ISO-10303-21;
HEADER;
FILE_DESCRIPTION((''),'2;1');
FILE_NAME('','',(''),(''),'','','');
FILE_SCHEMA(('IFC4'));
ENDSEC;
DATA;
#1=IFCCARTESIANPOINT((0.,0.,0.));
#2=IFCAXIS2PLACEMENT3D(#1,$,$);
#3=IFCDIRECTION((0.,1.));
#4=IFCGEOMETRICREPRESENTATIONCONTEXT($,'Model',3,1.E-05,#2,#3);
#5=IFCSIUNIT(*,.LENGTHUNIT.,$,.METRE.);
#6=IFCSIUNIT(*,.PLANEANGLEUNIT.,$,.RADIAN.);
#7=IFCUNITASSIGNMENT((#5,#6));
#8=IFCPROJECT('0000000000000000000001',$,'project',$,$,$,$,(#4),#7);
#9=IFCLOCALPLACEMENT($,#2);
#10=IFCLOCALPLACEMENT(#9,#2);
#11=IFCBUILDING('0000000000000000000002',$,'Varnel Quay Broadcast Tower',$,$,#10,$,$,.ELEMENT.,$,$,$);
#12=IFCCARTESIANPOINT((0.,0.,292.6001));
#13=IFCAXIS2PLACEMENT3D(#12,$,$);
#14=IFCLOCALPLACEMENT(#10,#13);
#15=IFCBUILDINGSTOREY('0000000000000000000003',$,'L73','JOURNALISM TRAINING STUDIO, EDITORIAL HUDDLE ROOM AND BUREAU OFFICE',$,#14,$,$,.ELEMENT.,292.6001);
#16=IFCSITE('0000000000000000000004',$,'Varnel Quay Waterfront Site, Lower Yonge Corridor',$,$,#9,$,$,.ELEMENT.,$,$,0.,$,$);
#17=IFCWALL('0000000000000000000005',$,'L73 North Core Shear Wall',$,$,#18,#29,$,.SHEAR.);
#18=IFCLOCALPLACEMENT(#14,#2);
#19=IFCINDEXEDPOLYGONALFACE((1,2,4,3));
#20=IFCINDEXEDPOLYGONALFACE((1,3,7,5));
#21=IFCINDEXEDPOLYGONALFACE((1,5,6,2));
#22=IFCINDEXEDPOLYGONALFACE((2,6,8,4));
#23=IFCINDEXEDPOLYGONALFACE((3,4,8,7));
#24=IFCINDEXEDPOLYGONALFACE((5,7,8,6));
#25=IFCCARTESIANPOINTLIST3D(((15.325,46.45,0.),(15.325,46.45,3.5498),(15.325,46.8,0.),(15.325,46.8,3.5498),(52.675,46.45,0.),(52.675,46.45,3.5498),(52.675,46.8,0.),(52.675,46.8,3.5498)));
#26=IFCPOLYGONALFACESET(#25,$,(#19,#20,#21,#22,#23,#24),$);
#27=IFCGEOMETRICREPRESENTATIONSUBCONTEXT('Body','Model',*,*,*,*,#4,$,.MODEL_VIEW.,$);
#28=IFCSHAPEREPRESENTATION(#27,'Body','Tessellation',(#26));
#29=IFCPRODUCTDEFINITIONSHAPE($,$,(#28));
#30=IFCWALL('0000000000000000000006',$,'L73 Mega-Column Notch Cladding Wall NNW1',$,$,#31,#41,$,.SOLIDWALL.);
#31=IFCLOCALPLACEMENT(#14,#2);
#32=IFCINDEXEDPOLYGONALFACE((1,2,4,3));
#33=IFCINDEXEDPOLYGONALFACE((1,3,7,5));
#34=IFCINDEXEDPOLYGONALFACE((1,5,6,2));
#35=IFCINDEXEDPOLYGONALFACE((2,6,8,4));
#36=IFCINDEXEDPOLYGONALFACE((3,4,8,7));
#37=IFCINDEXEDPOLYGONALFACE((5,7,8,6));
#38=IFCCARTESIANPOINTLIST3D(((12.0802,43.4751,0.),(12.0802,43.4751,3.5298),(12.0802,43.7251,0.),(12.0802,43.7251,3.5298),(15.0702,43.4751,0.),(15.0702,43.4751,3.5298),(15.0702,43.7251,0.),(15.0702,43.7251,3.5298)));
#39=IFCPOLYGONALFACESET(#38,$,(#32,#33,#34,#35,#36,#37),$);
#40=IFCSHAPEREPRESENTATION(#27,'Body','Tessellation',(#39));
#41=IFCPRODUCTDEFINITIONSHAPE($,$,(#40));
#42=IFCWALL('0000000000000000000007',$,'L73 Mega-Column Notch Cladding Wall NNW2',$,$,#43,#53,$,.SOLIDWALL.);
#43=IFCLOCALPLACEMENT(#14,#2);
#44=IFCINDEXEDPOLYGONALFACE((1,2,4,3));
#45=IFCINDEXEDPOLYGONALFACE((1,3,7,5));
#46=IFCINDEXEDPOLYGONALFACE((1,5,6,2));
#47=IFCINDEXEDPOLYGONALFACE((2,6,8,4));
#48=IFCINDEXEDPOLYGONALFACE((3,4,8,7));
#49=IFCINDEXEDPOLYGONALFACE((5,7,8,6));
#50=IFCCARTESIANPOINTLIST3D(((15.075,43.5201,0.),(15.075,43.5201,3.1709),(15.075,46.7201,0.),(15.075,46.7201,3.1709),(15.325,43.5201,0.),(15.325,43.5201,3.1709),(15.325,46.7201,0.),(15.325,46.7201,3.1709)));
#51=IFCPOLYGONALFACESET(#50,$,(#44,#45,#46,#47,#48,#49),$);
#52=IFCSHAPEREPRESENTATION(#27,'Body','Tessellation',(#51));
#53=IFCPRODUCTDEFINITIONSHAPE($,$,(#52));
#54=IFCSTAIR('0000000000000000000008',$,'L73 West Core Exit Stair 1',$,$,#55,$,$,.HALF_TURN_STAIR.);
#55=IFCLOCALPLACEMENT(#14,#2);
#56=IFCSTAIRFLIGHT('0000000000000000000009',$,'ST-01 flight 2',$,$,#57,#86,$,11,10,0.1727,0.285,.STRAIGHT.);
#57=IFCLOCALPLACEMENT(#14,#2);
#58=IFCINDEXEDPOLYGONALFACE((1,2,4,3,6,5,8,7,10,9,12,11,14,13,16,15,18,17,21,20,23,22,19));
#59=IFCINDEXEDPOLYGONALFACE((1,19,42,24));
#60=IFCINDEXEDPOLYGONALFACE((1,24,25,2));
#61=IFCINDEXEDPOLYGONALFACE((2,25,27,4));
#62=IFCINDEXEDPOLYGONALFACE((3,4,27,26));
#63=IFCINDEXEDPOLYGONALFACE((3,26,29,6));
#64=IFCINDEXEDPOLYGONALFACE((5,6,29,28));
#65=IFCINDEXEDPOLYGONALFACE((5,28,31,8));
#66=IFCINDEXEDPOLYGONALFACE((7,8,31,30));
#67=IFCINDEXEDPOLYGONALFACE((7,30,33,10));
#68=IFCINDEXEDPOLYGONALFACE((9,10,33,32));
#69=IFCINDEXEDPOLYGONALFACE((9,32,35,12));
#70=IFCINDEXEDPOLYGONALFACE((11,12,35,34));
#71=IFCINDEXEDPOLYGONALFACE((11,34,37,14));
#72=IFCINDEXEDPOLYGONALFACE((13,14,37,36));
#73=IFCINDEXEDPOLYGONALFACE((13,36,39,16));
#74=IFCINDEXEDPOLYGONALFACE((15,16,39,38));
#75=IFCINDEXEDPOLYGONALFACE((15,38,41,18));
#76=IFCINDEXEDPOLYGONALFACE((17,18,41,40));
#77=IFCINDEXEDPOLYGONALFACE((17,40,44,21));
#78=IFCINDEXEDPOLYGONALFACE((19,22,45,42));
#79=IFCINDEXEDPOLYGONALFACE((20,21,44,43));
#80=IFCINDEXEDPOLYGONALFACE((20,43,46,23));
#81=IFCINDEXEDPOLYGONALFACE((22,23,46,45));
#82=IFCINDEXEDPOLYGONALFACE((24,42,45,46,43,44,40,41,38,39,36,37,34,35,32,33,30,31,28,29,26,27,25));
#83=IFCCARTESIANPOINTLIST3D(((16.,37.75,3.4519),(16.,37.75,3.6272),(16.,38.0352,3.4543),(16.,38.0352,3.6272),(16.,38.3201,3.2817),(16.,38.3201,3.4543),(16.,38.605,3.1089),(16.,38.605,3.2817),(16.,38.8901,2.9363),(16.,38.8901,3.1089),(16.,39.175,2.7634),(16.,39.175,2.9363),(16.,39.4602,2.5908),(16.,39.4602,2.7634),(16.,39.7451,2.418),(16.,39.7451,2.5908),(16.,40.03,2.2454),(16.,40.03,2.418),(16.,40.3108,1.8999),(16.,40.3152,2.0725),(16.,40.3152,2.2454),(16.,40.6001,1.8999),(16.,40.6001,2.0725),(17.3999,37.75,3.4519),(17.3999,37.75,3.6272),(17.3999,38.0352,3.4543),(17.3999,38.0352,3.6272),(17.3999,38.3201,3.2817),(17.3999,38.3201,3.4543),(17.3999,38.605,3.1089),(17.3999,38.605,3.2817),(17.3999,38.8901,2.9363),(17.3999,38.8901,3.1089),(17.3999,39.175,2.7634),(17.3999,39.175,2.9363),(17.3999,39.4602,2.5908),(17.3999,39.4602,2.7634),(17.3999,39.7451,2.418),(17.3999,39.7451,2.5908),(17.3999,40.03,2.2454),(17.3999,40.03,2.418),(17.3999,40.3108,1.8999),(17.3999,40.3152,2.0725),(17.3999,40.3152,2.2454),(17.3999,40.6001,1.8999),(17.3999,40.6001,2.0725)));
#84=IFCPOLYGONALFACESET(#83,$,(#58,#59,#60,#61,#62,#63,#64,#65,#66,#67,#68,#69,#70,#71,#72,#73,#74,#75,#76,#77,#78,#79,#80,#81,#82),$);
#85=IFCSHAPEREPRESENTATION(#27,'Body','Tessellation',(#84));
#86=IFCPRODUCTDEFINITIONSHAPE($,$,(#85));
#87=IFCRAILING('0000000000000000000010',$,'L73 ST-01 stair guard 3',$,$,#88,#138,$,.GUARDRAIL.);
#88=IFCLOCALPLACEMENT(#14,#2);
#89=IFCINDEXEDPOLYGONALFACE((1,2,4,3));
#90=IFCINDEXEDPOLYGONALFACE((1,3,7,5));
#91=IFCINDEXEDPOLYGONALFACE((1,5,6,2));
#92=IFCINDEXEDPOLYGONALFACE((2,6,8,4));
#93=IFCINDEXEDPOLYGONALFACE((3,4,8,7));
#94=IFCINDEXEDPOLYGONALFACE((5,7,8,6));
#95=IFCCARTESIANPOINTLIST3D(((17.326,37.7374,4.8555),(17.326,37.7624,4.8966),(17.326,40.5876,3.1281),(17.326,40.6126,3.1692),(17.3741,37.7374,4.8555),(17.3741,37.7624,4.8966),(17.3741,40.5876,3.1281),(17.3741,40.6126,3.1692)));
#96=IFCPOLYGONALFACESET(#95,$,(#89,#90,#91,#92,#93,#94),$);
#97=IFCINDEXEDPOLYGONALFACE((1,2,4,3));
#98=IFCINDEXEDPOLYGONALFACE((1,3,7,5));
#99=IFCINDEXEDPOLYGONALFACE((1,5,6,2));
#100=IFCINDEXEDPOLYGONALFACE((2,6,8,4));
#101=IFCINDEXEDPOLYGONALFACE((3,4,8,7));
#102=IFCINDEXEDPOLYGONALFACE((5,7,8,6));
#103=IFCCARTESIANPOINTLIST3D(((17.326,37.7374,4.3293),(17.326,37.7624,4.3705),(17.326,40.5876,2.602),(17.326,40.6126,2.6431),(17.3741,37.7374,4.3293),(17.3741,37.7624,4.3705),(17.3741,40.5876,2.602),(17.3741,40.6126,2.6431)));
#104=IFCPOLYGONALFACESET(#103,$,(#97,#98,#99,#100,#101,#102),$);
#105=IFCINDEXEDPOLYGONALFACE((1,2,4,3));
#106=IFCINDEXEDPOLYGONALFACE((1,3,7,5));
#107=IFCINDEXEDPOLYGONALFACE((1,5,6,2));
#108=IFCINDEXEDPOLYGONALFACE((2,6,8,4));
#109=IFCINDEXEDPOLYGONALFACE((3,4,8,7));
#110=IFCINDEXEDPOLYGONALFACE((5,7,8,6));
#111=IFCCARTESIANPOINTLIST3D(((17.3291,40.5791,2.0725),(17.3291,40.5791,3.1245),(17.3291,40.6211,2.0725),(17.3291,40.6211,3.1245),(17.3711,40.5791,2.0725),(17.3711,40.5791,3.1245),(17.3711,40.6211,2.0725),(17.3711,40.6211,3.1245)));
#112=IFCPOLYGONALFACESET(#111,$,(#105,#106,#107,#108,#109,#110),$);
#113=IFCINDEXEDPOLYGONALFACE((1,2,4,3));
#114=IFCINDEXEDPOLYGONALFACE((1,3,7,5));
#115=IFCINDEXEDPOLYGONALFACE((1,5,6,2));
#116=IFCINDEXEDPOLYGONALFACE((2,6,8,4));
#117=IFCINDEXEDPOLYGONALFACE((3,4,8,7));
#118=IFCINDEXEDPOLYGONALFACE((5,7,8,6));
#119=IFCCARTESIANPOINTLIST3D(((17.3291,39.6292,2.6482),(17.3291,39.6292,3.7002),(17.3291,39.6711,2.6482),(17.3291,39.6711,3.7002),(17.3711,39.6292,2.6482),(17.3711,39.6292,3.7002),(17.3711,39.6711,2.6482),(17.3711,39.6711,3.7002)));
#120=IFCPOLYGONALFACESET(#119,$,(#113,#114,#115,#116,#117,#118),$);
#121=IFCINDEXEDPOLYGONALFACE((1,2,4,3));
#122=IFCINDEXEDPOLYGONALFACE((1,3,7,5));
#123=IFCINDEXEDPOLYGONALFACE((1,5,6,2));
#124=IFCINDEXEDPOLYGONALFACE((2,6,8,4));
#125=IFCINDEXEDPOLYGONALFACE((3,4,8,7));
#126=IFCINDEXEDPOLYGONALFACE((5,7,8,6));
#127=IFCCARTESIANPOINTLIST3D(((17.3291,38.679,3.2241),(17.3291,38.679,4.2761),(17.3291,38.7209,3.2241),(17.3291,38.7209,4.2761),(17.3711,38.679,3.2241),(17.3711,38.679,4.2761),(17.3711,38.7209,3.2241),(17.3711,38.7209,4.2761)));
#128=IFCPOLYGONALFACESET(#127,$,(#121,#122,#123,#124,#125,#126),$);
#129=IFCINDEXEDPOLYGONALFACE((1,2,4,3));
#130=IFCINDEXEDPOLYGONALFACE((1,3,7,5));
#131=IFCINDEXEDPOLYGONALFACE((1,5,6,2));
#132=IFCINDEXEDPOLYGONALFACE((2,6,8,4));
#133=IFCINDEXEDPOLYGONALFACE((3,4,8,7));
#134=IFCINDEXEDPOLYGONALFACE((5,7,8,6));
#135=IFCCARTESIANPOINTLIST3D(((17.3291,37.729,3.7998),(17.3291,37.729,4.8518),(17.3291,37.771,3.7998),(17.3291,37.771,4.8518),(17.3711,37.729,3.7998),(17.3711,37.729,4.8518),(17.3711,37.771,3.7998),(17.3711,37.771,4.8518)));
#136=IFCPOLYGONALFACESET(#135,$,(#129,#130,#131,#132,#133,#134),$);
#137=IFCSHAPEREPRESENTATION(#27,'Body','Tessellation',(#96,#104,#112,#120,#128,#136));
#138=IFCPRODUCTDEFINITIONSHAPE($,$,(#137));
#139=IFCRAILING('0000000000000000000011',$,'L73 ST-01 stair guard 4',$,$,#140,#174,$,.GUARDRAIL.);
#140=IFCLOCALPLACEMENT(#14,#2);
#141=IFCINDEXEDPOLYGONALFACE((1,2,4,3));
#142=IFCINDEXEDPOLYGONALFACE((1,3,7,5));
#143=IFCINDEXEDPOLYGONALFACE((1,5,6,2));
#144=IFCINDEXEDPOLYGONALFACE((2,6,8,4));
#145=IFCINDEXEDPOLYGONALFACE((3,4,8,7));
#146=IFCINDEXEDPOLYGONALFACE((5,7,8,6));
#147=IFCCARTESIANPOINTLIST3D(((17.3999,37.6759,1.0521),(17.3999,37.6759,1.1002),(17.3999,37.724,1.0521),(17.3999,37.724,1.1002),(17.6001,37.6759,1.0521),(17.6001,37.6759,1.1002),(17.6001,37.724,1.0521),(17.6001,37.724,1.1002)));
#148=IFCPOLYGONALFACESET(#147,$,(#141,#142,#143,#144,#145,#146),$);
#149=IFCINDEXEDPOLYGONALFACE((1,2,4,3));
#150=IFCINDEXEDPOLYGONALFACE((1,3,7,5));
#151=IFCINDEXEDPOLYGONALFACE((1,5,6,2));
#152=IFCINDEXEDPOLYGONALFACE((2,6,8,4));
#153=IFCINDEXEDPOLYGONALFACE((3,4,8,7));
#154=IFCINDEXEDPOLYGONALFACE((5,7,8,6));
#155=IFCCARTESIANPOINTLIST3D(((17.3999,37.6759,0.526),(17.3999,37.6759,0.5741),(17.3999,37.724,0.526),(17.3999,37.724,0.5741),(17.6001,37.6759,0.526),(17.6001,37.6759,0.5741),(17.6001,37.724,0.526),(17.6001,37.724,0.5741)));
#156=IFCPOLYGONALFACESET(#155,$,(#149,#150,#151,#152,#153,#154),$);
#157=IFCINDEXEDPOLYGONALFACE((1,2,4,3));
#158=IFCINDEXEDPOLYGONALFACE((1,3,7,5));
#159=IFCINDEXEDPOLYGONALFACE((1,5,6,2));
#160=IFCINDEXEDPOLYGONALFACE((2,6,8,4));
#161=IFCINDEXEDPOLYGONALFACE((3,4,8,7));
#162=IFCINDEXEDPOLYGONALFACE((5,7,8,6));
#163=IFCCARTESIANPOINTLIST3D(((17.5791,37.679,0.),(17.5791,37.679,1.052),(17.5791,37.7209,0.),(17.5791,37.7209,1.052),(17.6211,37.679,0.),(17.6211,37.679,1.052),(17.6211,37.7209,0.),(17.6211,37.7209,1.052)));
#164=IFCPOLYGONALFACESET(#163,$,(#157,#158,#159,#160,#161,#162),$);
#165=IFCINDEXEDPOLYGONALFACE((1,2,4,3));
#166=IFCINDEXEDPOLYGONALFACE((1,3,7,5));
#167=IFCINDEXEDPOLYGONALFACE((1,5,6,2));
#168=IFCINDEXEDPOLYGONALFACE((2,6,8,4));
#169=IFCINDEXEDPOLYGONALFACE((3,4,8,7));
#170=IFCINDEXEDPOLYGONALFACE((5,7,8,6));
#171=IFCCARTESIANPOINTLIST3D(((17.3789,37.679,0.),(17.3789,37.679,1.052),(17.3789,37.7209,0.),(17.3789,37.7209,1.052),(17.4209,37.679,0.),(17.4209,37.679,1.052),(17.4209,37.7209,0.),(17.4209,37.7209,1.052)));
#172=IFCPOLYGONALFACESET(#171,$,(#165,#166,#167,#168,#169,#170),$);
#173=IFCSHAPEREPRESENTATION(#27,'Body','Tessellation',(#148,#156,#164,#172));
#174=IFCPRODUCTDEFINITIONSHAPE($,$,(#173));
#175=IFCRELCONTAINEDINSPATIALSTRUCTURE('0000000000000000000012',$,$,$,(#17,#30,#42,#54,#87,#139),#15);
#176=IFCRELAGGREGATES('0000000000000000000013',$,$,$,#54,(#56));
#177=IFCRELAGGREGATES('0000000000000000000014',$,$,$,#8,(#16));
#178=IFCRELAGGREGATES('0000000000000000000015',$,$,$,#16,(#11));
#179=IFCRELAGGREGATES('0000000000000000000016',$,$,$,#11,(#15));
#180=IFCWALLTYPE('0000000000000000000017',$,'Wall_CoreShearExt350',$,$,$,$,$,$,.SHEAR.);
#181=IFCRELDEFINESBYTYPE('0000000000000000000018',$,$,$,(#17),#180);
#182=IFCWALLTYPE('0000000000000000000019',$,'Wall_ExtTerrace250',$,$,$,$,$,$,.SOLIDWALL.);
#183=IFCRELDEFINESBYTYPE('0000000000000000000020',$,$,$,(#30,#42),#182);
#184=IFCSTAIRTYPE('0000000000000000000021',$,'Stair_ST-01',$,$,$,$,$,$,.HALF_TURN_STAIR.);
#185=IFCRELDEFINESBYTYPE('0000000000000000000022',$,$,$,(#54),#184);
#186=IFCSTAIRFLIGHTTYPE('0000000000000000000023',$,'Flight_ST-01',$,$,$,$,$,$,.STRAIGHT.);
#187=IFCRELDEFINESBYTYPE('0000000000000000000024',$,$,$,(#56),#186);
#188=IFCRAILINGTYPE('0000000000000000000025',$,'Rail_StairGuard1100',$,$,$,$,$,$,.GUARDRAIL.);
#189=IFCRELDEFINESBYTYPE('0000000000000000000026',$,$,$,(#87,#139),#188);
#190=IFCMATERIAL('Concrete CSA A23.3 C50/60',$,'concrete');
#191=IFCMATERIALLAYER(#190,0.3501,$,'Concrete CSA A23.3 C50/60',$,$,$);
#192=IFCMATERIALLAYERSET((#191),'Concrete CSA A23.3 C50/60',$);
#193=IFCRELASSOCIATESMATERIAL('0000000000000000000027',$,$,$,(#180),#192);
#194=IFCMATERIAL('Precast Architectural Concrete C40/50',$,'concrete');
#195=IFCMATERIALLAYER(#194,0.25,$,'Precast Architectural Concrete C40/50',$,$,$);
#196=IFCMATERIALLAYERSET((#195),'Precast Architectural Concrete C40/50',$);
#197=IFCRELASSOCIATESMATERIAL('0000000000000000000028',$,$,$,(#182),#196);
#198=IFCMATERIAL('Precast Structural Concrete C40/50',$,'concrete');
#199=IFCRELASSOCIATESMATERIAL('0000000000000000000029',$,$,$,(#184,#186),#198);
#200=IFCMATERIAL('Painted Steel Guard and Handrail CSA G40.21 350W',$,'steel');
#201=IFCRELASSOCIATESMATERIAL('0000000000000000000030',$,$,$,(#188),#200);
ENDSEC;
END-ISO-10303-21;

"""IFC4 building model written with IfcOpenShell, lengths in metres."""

from ifc_helpers import new_model, si_unit, direction, frame, frame_2d, origin, origin_2d, place, context, subcontext, project, spatial, polyline, rectangle, outline, extrude, material, layer, layer_set, type_object, element, aggregate, save


model = new_model("IFC4")

# Units and contexts
model_context = context("Model", 3, precision=1e-05, world=origin(), true_north=direction((0.0, 1.0)))
body_context = subcontext(model_context, "Body", "Model", "MODEL_VIEW")
ifc_project = project(units=[si_unit("LENGTHUNIT", "METRE"), si_unit("PLANEANGLEUNIT", "RADIAN")], contexts=[model_context])

# Site, building, storey
site_placement = place(None, origin())
site = spatial("IfcSite", under=ifc_project, at=site_placement, Name="Varnel Quay Waterfront Site, Lower Yonge Corridor", CompositionType="ELEMENT", RefElevation=0.0)
building_placement = place(site_placement, origin())
building = spatial("IfcBuilding", under=site, at=building_placement, Name="Varnel Quay Broadcast Tower", CompositionType="ELEMENT")
storey_placement = place(building_placement, frame((0.0, 0.0, 292.6001)))
storey = spatial("IfcBuildingStorey", under=building, at=storey_placement, Name="L73", Description="JOURNALISM TRAINING STUDIO, EDITORIAL HUDDLE ROOM AND BUREAU OFFICE", CompositionType="ELEMENT", Elevation=292.6001)

# Walls
ifc_material_1 = material(Name="Concrete CSA A23.3 C50/60", Category="concrete")
ifc_layer_1 = layer(ifc_material_1, 0.3501, Name="Concrete CSA A23.3 C50/60")
ifc_layer_set_1 = layer_set([ifc_layer_1], Name="Concrete CSA A23.3 C50/60")
wall_type_1 = type_object("IfcWallType", Name="Wall_CoreShearExt350", PredefinedType="SHEAR", material=ifc_layer_set_1)
wall_1_placement = place(storey_placement, frame((15.325, 46.625, 0.0), z_axis=(0.0, 0.0, 1.0), x_axis=(1.0, 0.0, 0.0)))
element("IfcWall", 1, at=wall_1_placement, inside=storey, type_object=wall_type_1, Name="L73 North Core Shear Wall", PredefinedType="SHEAR", context=body_context, shape_type="SweptSolid", body=[
    extrude(rectangle(XDim=37.3501, YDim=0.3501, at=frame_2d((18.675, 0.0))), origin(), (0.0, 0.0, 1.0), 3.5498),
])
ifc_material_2 = material(Name="Precast Architectural Concrete C40/50", Category="concrete")
ifc_layer_2 = layer(ifc_material_2, 0.25, Name="Precast Architectural Concrete C40/50")
ifc_layer_set_2 = layer_set([ifc_layer_2], Name="Precast Architectural Concrete C40/50")
wall_type_2 = type_object("IfcWallType", Name="Wall_ExtTerrace250", PredefinedType="SOLIDWALL", material=ifc_layer_set_2)
wall_2_placement = place(storey_placement, frame((12.0801, 43.6001, 0.0), z_axis=(0.0, 0.0, 1.0), x_axis=(1.0, 0.0, 0.0)))
element("IfcWall", 2, at=wall_2_placement, inside=storey, type_object=wall_type_2, Name="L73 Mega-Column Notch Cladding Wall NNW1", PredefinedType="SOLIDWALL", context=body_context, shape_type="SweptSolid", body=[
    extrude(rectangle(XDim=2.99, YDim=0.25, at=frame_2d((1.4951, 0.0))), origin(), (0.0, 0.0, 1.0), 3.5298),
])
wall_3_placement = place(storey_placement, frame((15.2, 43.52, 0.0), z_axis=(0.0, 0.0, 1.0), x_axis=(0.0, 1.0, 0.0)))
element("IfcWall", 3, at=wall_3_placement, inside=storey, type_object=wall_type_2, Name="L73 Mega-Column Notch Cladding Wall NNW2", PredefinedType="SOLIDWALL", context=body_context, shape_type="SweptSolid", body=[
    extrude(rectangle(XDim=3.2, YDim=0.25, at=frame_2d((1.6001, 0.0))), origin(), (0.0, 0.0, 1.0), 3.1709),
])

# Stair, stair flight
ifc_material_3 = material(Name="Precast Structural Concrete C40/50", Category="concrete")
stair_type = type_object("IfcStairType", Name="Stair_ST-01", PredefinedType="HALF_TURN_STAIR", material=ifc_material_3)
stair_placement = place(storey_placement, origin())
stair = element("IfcStair", 4, at=stair_placement, inside=storey, type_object=stair_type, Name="L73 West Core Exit Stair 1", PredefinedType="HALF_TURN_STAIR")
stair_flight_type = type_object("IfcStairFlightType", Name="Flight_ST-01", PredefinedType="STRAIGHT", material=ifc_material_3)
stair_flight_placement = place(storey_placement, frame((16.7, 40.6001, 1.8999), z_axis=(0.0, 0.0, 1.0), x_axis=(0.0, -1.0, 0.0)))
stair_flight = element("IfcStairFlight", 5, at=stair_flight_placement, type_object=stair_flight_type, Name="ST-01 flight 2", NumberOfRisers=11, NumberOfTreads=10, PredefinedType="STRAIGHT", RiserHeight=0.1727, TreadLength=0.285, context=body_context, shape_type="SweptSolid", body=[
    extrude(outline(polyline([(0.0, 0.0), (0.0, 0.1726), (0.2849, 0.1726), (0.2849, 0.3455), (0.5701, 0.3455), (0.5701, 0.5181), (0.855, 0.5181), (0.855, 0.6909), (1.1399, 0.6909), (1.1399, 0.8635), (1.425, 0.8635), (1.425, 1.0364), (1.71, 1.0364), (1.71, 1.209), (1.9951, 1.209), (1.9951, 1.3818), (2.28, 1.3818), (2.28, 1.5544), (2.5649, 1.5544), (2.5649, 1.7273), (2.8501, 1.7273), (2.8501, 1.8999), (2.8501, 1.552), (0.2893, 0.0), (0.0, 0.0)])), frame((0.0, 0.7, 0.0), z_axis=(0.0, -1.0, 0.0), x_axis=(1.0, 0.0, 0.0)), (0.0, 0.0, 1.0), 1.3999),
])
aggregate(stair, [stair_flight])

# Railings
ifc_material_4 = material(Name="Painted Steel Guard and Handrail CSA G40.21 350W", Category="steel")
railing_type_1 = type_object("IfcRailingType", Name="Rail_StairGuard1100", PredefinedType="GUARDRAIL", material=ifc_material_4)
railing_1_placement = place(storey_placement, frame((17.3501, 40.6001, 2.0725)))
element("IfcRailing", 6, at=railing_1_placement, inside=storey, type_object=railing_type_1, Name="L73 ST-01 stair guard 3", PredefinedType="GUARDRAIL", context=body_context, shape_type="SweptSolid", body=[
    extrude(rectangle(XDim=0.0481, YDim=0.0481, at=origin_2d()), frame((0.0, 0.0, 1.0762), z_axis=(0.0, -0.855203, 0.518294), x_axis=(1.0, 0.0, 0.0)), (0.0, 0.0, 1.0), 3.3328),
    extrude(rectangle(XDim=0.0481, YDim=0.0481, at=origin_2d()), frame((0.0, 0.0, 0.55), z_axis=(0.0, -0.855203, 0.518294), x_axis=(1.0, 0.0, 0.0)), (0.0, 0.0, 1.0), 3.3328),
    extrude(rectangle(XDim=0.042, YDim=0.042, at=origin_2d()), origin(), (0.0, 0.0, 1.0), 1.052),
    extrude(rectangle(XDim=0.042, YDim=0.042, at=origin_2d()), frame((0.0, -0.95, 0.5757)), (0.0, 0.0, 1.0), 1.052),
    extrude(rectangle(XDim=0.042, YDim=0.042, at=origin_2d()), frame((0.0, -1.9001, 1.1516)), (0.0, 0.0, 1.0), 1.052),
    extrude(rectangle(XDim=0.042, YDim=0.042, at=origin_2d()), frame((0.0, -2.8501, 1.7273)), (0.0, 0.0, 1.0), 1.052),
])
railing_2_placement = place(storey_placement, frame((17.6001, 37.7, 0.0)))
element("IfcRailing", 7, at=railing_2_placement, inside=storey, type_object=railing_type_1, Name="L73 ST-01 stair guard 4", PredefinedType="GUARDRAIL", context=body_context, shape_type="SweptSolid", body=[
    extrude(rectangle(XDim=0.0481, YDim=0.0481, at=origin_2d()), frame((0.0, 0.0, 1.0762), z_axis=(-1.0, 0.0, 0.0), x_axis=(0.0, -1.0, 0.0)), (0.0, 0.0, 1.0), 0.2002),
    extrude(rectangle(XDim=0.0481, YDim=0.0481, at=origin_2d()), frame((0.0, 0.0, 0.55), z_axis=(-1.0, 0.0, 0.0), x_axis=(0.0, -1.0, 0.0)), (0.0, 0.0, 1.0), 0.2002),
    extrude(rectangle(XDim=0.042, YDim=0.042, at=origin_2d()), origin(), (0.0, 0.0, 1.0), 1.052),
    extrude(rectangle(XDim=0.042, YDim=0.042, at=origin_2d()), frame((-0.2002, 0.0, 0.0)), (0.0, 0.0, 1.0), 1.052),
])

save(model, "model.ifc")
